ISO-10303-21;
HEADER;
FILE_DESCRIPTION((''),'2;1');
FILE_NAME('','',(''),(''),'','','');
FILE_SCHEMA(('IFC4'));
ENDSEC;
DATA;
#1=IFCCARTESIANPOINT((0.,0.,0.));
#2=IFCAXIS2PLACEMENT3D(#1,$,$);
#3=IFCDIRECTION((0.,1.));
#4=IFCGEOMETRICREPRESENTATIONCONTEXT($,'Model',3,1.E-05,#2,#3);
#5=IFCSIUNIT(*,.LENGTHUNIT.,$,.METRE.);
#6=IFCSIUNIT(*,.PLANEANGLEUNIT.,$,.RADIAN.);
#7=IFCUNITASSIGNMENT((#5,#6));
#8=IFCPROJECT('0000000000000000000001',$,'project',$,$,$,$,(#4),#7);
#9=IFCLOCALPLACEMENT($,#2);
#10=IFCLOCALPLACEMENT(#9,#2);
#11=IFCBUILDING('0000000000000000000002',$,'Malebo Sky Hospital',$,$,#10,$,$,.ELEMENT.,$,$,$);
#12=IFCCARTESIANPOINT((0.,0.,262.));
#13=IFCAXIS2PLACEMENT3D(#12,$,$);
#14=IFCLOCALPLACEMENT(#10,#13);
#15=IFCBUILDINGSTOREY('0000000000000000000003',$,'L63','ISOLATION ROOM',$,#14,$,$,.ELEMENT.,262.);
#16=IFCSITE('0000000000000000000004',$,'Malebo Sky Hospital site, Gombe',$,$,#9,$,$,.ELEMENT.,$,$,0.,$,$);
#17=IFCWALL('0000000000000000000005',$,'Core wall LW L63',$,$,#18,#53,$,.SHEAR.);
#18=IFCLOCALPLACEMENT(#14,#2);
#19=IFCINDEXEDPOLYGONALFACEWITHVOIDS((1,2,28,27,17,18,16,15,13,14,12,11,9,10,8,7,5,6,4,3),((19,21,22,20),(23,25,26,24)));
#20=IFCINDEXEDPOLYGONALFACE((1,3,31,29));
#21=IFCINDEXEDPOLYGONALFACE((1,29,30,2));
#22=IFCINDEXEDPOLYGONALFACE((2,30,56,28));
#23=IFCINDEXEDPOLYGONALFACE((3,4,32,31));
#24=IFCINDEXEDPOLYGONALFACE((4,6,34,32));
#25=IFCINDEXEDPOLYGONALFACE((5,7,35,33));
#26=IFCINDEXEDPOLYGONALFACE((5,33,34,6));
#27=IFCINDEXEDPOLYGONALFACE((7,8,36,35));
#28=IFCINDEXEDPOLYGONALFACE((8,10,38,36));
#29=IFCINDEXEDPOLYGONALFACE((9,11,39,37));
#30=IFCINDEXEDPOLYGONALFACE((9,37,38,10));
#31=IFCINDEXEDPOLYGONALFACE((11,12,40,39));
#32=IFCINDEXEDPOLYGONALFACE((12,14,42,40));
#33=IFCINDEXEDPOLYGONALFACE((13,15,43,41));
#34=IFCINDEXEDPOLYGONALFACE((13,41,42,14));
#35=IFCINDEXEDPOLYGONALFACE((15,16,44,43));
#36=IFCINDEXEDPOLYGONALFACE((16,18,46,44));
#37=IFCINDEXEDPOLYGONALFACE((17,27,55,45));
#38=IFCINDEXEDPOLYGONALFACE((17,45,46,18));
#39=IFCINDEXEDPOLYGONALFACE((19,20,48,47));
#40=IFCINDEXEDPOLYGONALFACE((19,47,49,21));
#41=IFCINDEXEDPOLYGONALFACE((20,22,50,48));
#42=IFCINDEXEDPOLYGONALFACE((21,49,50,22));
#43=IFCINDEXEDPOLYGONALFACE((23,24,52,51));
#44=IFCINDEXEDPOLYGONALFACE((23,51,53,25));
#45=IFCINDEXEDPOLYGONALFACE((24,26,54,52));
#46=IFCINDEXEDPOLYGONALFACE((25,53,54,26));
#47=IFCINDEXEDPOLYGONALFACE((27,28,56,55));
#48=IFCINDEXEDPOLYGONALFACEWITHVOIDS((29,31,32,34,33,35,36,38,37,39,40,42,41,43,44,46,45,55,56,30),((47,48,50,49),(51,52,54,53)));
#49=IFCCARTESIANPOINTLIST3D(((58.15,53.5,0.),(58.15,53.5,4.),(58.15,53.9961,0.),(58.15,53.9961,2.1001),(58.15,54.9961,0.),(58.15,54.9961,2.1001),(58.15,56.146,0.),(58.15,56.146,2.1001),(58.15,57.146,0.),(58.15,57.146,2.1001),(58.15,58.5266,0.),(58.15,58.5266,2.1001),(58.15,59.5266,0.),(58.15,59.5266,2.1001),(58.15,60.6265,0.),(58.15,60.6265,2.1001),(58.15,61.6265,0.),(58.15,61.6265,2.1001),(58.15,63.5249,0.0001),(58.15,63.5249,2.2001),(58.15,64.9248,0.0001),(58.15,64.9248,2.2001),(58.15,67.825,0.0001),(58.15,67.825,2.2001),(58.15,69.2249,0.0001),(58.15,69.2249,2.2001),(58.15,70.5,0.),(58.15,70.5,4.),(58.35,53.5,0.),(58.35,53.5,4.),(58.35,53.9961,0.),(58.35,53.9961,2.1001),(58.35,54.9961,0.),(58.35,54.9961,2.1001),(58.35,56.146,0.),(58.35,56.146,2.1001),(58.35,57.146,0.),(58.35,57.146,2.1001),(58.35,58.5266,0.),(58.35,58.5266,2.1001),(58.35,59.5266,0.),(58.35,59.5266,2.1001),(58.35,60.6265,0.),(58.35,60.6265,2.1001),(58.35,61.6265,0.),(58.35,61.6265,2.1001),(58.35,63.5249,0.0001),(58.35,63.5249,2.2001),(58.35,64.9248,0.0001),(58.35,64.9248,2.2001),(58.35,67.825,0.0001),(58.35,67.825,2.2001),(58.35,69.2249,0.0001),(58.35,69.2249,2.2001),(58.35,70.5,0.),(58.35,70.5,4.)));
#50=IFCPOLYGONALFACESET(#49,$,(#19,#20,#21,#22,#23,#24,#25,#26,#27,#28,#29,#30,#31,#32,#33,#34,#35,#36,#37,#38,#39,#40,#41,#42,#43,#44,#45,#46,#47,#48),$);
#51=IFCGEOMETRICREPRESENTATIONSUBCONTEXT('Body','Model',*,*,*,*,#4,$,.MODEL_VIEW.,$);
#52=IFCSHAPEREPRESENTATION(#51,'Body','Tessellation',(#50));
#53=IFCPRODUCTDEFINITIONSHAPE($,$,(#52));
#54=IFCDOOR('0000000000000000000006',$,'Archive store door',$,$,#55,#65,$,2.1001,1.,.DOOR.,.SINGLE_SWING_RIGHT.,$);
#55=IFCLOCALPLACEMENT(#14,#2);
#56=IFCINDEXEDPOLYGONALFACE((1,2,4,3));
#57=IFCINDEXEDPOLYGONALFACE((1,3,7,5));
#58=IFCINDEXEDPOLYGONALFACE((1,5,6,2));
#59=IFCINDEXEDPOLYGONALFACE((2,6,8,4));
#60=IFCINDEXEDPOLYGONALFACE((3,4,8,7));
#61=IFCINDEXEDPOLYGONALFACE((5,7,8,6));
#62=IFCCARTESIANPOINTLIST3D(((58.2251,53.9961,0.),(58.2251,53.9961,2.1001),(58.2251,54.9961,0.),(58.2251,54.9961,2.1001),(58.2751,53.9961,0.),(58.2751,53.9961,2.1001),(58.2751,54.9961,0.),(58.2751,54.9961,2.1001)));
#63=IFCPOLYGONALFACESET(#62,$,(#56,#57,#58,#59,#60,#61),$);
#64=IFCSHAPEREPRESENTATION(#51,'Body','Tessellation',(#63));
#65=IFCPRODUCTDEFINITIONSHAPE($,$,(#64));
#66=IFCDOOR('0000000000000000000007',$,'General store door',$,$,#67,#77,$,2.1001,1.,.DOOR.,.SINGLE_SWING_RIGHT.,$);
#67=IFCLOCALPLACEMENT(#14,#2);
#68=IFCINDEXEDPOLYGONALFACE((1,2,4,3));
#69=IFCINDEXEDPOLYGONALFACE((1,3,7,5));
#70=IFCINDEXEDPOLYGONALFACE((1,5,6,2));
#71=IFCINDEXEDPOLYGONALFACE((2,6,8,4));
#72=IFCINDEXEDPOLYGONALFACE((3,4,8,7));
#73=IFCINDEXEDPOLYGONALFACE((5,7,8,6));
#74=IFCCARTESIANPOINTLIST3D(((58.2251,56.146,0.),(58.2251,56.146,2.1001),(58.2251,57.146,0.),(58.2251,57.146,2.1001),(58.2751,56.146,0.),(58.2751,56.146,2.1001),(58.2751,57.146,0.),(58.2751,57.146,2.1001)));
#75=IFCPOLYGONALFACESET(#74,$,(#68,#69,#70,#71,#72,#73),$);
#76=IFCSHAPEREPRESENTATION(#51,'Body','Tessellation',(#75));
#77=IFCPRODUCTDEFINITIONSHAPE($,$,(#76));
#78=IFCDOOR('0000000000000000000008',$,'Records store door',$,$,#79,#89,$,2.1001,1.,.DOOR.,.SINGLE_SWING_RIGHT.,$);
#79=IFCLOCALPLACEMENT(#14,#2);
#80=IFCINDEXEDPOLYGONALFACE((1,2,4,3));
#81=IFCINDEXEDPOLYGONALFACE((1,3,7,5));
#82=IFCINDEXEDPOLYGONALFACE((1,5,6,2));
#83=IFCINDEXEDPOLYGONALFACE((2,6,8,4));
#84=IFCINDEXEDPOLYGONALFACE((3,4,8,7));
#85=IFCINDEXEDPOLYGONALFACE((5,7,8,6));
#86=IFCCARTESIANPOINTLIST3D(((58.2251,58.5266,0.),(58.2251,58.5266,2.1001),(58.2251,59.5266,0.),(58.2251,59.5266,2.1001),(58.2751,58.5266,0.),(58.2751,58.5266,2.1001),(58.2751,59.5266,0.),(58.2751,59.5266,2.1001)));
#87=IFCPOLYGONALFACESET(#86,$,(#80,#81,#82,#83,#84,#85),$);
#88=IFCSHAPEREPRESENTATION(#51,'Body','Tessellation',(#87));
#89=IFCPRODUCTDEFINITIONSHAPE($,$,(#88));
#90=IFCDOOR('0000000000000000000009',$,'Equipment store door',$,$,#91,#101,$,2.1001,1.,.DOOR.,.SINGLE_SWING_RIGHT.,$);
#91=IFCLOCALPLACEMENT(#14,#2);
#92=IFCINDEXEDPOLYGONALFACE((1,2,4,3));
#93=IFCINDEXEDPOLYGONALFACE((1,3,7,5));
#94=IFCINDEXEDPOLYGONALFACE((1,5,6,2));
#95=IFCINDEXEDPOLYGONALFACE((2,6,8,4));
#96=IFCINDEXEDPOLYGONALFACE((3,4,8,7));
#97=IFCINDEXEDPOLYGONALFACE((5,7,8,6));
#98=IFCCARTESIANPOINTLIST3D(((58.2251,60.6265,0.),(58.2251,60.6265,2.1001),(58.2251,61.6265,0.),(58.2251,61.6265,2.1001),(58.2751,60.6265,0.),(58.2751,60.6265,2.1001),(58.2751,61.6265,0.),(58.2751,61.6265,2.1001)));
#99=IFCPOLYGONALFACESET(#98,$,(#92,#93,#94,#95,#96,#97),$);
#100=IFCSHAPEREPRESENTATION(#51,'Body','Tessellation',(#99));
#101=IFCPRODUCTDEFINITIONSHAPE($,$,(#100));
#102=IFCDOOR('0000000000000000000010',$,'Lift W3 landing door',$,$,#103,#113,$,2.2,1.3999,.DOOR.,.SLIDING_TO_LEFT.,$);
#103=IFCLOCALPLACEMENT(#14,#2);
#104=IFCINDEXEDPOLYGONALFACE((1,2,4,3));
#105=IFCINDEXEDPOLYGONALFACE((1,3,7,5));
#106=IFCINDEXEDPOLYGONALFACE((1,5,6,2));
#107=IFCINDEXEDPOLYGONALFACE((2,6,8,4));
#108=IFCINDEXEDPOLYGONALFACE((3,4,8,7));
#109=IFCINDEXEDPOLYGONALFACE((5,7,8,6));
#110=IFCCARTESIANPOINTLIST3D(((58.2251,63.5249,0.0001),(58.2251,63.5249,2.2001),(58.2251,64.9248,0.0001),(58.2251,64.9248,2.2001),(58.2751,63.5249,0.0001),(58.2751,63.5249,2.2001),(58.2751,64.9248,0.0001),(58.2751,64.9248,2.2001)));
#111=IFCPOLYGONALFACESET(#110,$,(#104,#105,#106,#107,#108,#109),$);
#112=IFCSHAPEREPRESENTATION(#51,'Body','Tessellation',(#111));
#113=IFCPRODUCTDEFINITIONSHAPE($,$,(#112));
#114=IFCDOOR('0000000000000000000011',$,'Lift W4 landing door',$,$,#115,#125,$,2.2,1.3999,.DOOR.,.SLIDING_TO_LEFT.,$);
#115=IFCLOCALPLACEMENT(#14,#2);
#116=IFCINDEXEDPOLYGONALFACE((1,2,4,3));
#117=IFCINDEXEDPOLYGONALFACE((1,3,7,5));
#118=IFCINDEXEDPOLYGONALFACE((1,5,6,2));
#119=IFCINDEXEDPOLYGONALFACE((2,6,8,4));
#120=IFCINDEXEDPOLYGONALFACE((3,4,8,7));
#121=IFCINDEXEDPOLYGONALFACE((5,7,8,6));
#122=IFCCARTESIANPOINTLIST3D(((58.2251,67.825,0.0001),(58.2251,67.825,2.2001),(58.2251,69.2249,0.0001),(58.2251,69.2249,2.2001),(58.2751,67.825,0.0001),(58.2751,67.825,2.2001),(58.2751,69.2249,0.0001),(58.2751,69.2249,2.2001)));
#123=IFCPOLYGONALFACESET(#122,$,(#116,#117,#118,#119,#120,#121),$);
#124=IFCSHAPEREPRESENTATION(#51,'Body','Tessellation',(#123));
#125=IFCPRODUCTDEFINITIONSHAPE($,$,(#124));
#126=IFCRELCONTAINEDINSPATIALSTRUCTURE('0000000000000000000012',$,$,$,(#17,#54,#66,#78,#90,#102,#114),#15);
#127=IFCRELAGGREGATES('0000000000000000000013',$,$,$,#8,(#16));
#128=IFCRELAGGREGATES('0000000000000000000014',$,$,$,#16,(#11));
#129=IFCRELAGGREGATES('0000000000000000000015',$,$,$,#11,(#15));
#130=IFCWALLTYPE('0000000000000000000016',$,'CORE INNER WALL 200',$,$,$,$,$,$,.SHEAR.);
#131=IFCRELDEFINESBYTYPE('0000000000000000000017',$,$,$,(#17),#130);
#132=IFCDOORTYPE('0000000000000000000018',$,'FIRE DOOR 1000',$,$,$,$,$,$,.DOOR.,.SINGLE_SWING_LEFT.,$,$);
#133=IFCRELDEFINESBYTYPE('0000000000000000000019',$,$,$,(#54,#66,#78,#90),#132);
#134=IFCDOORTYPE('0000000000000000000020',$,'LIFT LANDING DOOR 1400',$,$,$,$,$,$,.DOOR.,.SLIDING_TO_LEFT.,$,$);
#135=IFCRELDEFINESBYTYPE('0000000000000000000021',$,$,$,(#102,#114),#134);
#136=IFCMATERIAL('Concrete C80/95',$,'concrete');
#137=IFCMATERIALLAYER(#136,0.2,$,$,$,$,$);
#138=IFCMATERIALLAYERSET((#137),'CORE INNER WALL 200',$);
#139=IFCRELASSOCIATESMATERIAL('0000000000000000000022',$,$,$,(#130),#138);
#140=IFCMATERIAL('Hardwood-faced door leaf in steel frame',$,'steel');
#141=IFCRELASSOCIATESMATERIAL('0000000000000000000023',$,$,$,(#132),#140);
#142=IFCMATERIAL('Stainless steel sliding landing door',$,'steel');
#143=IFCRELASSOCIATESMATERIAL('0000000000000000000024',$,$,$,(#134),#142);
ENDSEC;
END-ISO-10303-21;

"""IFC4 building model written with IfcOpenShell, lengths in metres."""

from ifc_helpers import new_model, si_unit, direction, frame, frame_2d, origin, place, context, subcontext, project, spatial, rectangle, extrude, material, layer, layer_set, type_object, element, fill, save


model = new_model("IFC4")

# Units and contexts
model_context = context("Model", 3, precision=1e-05, world=origin(), true_north=direction((0.0, 1.0)))
body_context = subcontext(model_context, "Body", "Model", "MODEL_VIEW")
ifc_project = project(units=[si_unit("LENGTHUNIT", "METRE"), si_unit("PLANEANGLEUNIT", "RADIAN")], contexts=[model_context])

# Site, building, storey
site_placement = place(None, origin())
site = spatial("IfcSite", under=ifc_project, at=site_placement, Name="Malebo Sky Hospital site, Gombe", CompositionType="ELEMENT", RefElevation=0.0)
building_placement = place(site_placement, origin())
building = spatial("IfcBuilding", under=site, at=building_placement, Name="Malebo Sky Hospital", CompositionType="ELEMENT")
storey_placement = place(building_placement, frame((0.0, 0.0, 262.0)))
storey = spatial("IfcBuildingStorey", under=building, at=storey_placement, Name="L63", Description="ISOLATION ROOM", CompositionType="ELEMENT", Elevation=262.0)

# Wall, openings, doors
ifc_material_1 = material(Name="Concrete C80/95", Category="concrete")
ifc_layer_1 = layer(ifc_material_1, 0.2)
ifc_layer_set_1 = layer_set([ifc_layer_1], Name="CORE INNER WALL 200")
wall_type_1 = type_object("IfcWallType", Name="CORE INNER WALL 200", PredefinedType="SHEAR", material=ifc_layer_set_1)
wall_1_placement = place(storey_placement, frame((58.25, 53.5, 0.0), z_axis=(0.0, 0.0, 1.0), x_axis=(0.0, 1.0, 0.0)))
wall_1 = element("IfcWall", 1, at=wall_1_placement, inside=storey, type_object=wall_type_1, Name="Core wall LW L63", PredefinedType="SHEAR", context=body_context, shape_type="SweptSolid", body=[
    extrude(rectangle(XDim=17.0, YDim=0.2, at=frame_2d((8.5, 0.0))), origin(), (0.0, 0.0, 1.0), 4.0),
])
opening_1_placement = place(wall_1_placement, frame((0.4961, 0.0, 0.0)))
opening_1 = element("IfcOpeningElement", 2, at=opening_1_placement, cuts=wall_1, PredefinedType="OPENING", context=body_context, shape_type="SweptSolid", body=[
    extrude(rectangle(XDim=1.0, YDim=2.1001, at=frame_2d((0.5, 1.05))), frame((0.0, 0.1099, 0.0), z_axis=(0.0, -1.0, 0.0), x_axis=(1.0, 0.0, 0.0)), (0.0, 0.0, 1.0), 0.22),
])
opening_2_placement = place(wall_1_placement, frame((2.646, 0.0, 0.0)))
opening_2 = element("IfcOpeningElement", 3, at=opening_2_placement, cuts=wall_1, PredefinedType="OPENING", context=body_context, shape_type="SweptSolid", body=[
    extrude(rectangle(XDim=1.0, YDim=2.1001, at=frame_2d((0.5, 1.05))), frame((0.0, 0.1099, 0.0), z_axis=(0.0, -1.0, 0.0), x_axis=(1.0, 0.0, 0.0)), (0.0, 0.0, 1.0), 0.22),
])
opening_3_placement = place(wall_1_placement, frame((5.0266, 0.0, 0.0)))
opening_3 = element("IfcOpeningElement", 4, at=opening_3_placement, cuts=wall_1, PredefinedType="OPENING", context=body_context, shape_type="SweptSolid", body=[
    extrude(rectangle(XDim=1.0, YDim=2.1001, at=frame_2d((0.5, 1.05))), frame((0.0, 0.1099, 0.0), z_axis=(0.0, -1.0, 0.0), x_axis=(1.0, 0.0, 0.0)), (0.0, 0.0, 1.0), 0.22),
])
opening_4_placement = place(wall_1_placement, frame((7.1265, 0.0, 0.0)))
opening_4 = element("IfcOpeningElement", 5, at=opening_4_placement, cuts=wall_1, PredefinedType="OPENING", context=body_context, shape_type="SweptSolid", body=[
    extrude(rectangle(XDim=1.0, YDim=2.1001, at=frame_2d((0.5, 1.05))), frame((0.0, 0.1099, 0.0), z_axis=(0.0, -1.0, 0.0), x_axis=(1.0, 0.0, 0.0)), (0.0, 0.0, 1.0), 0.22),
])
opening_5_placement = place(wall_1_placement, frame((10.0249, 0.0, 0.0)))
opening_5 = element("IfcOpeningElement", 6, at=opening_5_placement, cuts=wall_1, PredefinedType="OPENING", context=body_context, shape_type="SweptSolid", body=[
    extrude(rectangle(XDim=1.3999, YDim=2.2, at=frame_2d((0.7, 1.1001))), frame((0.0, 0.1099, 0.0), z_axis=(0.0, -1.0, 0.0), x_axis=(1.0, 0.0, 0.0)), (0.0, 0.0, 1.0), 0.22),
])
opening_6_placement = place(wall_1_placement, frame((14.325, 0.0, 0.0)))
opening_6 = element("IfcOpeningElement", 7, at=opening_6_placement, cuts=wall_1, PredefinedType="OPENING", context=body_context, shape_type="SweptSolid", body=[
    extrude(rectangle(XDim=1.3999, YDim=2.2, at=frame_2d((0.7, 1.1001))), frame((0.0, 0.1099, 0.0), z_axis=(0.0, -1.0, 0.0), x_axis=(1.0, 0.0, 0.0)), (0.0, 0.0, 1.0), 0.22),
])
ifc_material_2 = material(Name="Hardwood-faced door leaf in steel frame", Category="steel")
door_type_1 = type_object("IfcDoorType", Name="FIRE DOOR 1000", OperationType="SINGLE_SWING_LEFT", PredefinedType="DOOR", material=ifc_material_2)
door_1_placement = place(opening_1_placement, origin())
door_1 = element("IfcDoor", 8, at=door_1_placement, inside=storey, type_object=door_type_1, Name="Archive store door", OperationType="SINGLE_SWING_RIGHT", OverallHeight=2.1001, OverallWidth=1.0, PredefinedType="DOOR", context=body_context, shape_type="SweptSolid", body=[
    extrude(rectangle(XDim=1.0, YDim=2.1001, at=frame_2d((0.5, 1.05))), frame((0.0, 0.0249, 0.0), z_axis=(0.0, -1.0, 0.0), x_axis=(1.0, 0.0, 0.0)), (0.0, 0.0, 1.0), 0.05),
])
fill(opening_1, door_1)
door_2_placement = place(opening_2_placement, origin())
door_2 = element("IfcDoor", 9, at=door_2_placement, inside=storey, type_object=door_type_1, Name="General store door", OperationType="SINGLE_SWING_RIGHT", OverallHeight=2.1001, OverallWidth=1.0, PredefinedType="DOOR", context=body_context, shape_type="SweptSolid", body=[
    extrude(rectangle(XDim=1.0, YDim=2.1001, at=frame_2d((0.5, 1.05))), frame((0.0, 0.0249, 0.0), z_axis=(0.0, -1.0, 0.0), x_axis=(1.0, 0.0, 0.0)), (0.0, 0.0, 1.0), 0.05),
])
fill(opening_2, door_2)
door_3_placement = place(opening_3_placement, origin())
door_3 = element("IfcDoor", 10, at=door_3_placement, inside=storey, type_object=door_type_1, Name="Records store door", OperationType="SINGLE_SWING_RIGHT", OverallHeight=2.1001, OverallWidth=1.0, PredefinedType="DOOR", context=body_context, shape_type="SweptSolid", body=[
    extrude(rectangle(XDim=1.0, YDim=2.1001, at=frame_2d((0.5, 1.05))), frame((0.0, 0.0249, 0.0), z_axis=(0.0, -1.0, 0.0), x_axis=(1.0, 0.0, 0.0)), (0.0, 0.0, 1.0), 0.05),
])
fill(opening_3, door_3)
door_4_placement = place(opening_4_placement, origin())
door_4 = element("IfcDoor", 11, at=door_4_placement, inside=storey, type_object=door_type_1, Name="Equipment store door", OperationType="SINGLE_SWING_RIGHT", OverallHeight=2.1001, OverallWidth=1.0, PredefinedType="DOOR", context=body_context, shape_type="SweptSolid", body=[
    extrude(rectangle(XDim=1.0, YDim=2.1001, at=frame_2d((0.5, 1.05))), frame((0.0, 0.0249, 0.0), z_axis=(0.0, -1.0, 0.0), x_axis=(1.0, 0.0, 0.0)), (0.0, 0.0, 1.0), 0.05),
])
fill(opening_4, door_4)
ifc_material_3 = material(Name="Stainless steel sliding landing door", Category="steel")
door_type_2 = type_object("IfcDoorType", Name="LIFT LANDING DOOR 1400", OperationType="SLIDING_TO_LEFT", PredefinedType="DOOR", material=ifc_material_3)
door_5_placement = place(opening_5_placement, origin())
door_5 = element("IfcDoor", 12, at=door_5_placement, inside=storey, type_object=door_type_2, Name="Lift W3 landing door", OperationType="SLIDING_TO_LEFT", OverallHeight=2.2, OverallWidth=1.3999, PredefinedType="DOOR", context=body_context, shape_type="SweptSolid", body=[
    extrude(rectangle(XDim=1.3999, YDim=2.2, at=frame_2d((0.7, 1.1001))), frame((0.0, 0.0249, 0.0), z_axis=(0.0, -1.0, 0.0), x_axis=(1.0, 0.0, 0.0)), (0.0, 0.0, 1.0), 0.05),
])
fill(opening_5, door_5)
door_6_placement = place(opening_6_placement, origin())
door_6 = element("IfcDoor", 13, at=door_6_placement, inside=storey, type_object=door_type_2, Name="Lift W4 landing door", OperationType="SLIDING_TO_LEFT", OverallHeight=2.2, OverallWidth=1.3999, PredefinedType="DOOR", context=body_context, shape_type="SweptSolid", body=[
    extrude(rectangle(XDim=1.3999, YDim=2.2, at=frame_2d((0.7, 1.1001))), frame((0.0, 0.0249, 0.0), z_axis=(0.0, -1.0, 0.0), x_axis=(1.0, 0.0, 0.0)), (0.0, 0.0, 1.0), 0.05),
])
fill(opening_6, door_6)

save(model, "model.ifc")
